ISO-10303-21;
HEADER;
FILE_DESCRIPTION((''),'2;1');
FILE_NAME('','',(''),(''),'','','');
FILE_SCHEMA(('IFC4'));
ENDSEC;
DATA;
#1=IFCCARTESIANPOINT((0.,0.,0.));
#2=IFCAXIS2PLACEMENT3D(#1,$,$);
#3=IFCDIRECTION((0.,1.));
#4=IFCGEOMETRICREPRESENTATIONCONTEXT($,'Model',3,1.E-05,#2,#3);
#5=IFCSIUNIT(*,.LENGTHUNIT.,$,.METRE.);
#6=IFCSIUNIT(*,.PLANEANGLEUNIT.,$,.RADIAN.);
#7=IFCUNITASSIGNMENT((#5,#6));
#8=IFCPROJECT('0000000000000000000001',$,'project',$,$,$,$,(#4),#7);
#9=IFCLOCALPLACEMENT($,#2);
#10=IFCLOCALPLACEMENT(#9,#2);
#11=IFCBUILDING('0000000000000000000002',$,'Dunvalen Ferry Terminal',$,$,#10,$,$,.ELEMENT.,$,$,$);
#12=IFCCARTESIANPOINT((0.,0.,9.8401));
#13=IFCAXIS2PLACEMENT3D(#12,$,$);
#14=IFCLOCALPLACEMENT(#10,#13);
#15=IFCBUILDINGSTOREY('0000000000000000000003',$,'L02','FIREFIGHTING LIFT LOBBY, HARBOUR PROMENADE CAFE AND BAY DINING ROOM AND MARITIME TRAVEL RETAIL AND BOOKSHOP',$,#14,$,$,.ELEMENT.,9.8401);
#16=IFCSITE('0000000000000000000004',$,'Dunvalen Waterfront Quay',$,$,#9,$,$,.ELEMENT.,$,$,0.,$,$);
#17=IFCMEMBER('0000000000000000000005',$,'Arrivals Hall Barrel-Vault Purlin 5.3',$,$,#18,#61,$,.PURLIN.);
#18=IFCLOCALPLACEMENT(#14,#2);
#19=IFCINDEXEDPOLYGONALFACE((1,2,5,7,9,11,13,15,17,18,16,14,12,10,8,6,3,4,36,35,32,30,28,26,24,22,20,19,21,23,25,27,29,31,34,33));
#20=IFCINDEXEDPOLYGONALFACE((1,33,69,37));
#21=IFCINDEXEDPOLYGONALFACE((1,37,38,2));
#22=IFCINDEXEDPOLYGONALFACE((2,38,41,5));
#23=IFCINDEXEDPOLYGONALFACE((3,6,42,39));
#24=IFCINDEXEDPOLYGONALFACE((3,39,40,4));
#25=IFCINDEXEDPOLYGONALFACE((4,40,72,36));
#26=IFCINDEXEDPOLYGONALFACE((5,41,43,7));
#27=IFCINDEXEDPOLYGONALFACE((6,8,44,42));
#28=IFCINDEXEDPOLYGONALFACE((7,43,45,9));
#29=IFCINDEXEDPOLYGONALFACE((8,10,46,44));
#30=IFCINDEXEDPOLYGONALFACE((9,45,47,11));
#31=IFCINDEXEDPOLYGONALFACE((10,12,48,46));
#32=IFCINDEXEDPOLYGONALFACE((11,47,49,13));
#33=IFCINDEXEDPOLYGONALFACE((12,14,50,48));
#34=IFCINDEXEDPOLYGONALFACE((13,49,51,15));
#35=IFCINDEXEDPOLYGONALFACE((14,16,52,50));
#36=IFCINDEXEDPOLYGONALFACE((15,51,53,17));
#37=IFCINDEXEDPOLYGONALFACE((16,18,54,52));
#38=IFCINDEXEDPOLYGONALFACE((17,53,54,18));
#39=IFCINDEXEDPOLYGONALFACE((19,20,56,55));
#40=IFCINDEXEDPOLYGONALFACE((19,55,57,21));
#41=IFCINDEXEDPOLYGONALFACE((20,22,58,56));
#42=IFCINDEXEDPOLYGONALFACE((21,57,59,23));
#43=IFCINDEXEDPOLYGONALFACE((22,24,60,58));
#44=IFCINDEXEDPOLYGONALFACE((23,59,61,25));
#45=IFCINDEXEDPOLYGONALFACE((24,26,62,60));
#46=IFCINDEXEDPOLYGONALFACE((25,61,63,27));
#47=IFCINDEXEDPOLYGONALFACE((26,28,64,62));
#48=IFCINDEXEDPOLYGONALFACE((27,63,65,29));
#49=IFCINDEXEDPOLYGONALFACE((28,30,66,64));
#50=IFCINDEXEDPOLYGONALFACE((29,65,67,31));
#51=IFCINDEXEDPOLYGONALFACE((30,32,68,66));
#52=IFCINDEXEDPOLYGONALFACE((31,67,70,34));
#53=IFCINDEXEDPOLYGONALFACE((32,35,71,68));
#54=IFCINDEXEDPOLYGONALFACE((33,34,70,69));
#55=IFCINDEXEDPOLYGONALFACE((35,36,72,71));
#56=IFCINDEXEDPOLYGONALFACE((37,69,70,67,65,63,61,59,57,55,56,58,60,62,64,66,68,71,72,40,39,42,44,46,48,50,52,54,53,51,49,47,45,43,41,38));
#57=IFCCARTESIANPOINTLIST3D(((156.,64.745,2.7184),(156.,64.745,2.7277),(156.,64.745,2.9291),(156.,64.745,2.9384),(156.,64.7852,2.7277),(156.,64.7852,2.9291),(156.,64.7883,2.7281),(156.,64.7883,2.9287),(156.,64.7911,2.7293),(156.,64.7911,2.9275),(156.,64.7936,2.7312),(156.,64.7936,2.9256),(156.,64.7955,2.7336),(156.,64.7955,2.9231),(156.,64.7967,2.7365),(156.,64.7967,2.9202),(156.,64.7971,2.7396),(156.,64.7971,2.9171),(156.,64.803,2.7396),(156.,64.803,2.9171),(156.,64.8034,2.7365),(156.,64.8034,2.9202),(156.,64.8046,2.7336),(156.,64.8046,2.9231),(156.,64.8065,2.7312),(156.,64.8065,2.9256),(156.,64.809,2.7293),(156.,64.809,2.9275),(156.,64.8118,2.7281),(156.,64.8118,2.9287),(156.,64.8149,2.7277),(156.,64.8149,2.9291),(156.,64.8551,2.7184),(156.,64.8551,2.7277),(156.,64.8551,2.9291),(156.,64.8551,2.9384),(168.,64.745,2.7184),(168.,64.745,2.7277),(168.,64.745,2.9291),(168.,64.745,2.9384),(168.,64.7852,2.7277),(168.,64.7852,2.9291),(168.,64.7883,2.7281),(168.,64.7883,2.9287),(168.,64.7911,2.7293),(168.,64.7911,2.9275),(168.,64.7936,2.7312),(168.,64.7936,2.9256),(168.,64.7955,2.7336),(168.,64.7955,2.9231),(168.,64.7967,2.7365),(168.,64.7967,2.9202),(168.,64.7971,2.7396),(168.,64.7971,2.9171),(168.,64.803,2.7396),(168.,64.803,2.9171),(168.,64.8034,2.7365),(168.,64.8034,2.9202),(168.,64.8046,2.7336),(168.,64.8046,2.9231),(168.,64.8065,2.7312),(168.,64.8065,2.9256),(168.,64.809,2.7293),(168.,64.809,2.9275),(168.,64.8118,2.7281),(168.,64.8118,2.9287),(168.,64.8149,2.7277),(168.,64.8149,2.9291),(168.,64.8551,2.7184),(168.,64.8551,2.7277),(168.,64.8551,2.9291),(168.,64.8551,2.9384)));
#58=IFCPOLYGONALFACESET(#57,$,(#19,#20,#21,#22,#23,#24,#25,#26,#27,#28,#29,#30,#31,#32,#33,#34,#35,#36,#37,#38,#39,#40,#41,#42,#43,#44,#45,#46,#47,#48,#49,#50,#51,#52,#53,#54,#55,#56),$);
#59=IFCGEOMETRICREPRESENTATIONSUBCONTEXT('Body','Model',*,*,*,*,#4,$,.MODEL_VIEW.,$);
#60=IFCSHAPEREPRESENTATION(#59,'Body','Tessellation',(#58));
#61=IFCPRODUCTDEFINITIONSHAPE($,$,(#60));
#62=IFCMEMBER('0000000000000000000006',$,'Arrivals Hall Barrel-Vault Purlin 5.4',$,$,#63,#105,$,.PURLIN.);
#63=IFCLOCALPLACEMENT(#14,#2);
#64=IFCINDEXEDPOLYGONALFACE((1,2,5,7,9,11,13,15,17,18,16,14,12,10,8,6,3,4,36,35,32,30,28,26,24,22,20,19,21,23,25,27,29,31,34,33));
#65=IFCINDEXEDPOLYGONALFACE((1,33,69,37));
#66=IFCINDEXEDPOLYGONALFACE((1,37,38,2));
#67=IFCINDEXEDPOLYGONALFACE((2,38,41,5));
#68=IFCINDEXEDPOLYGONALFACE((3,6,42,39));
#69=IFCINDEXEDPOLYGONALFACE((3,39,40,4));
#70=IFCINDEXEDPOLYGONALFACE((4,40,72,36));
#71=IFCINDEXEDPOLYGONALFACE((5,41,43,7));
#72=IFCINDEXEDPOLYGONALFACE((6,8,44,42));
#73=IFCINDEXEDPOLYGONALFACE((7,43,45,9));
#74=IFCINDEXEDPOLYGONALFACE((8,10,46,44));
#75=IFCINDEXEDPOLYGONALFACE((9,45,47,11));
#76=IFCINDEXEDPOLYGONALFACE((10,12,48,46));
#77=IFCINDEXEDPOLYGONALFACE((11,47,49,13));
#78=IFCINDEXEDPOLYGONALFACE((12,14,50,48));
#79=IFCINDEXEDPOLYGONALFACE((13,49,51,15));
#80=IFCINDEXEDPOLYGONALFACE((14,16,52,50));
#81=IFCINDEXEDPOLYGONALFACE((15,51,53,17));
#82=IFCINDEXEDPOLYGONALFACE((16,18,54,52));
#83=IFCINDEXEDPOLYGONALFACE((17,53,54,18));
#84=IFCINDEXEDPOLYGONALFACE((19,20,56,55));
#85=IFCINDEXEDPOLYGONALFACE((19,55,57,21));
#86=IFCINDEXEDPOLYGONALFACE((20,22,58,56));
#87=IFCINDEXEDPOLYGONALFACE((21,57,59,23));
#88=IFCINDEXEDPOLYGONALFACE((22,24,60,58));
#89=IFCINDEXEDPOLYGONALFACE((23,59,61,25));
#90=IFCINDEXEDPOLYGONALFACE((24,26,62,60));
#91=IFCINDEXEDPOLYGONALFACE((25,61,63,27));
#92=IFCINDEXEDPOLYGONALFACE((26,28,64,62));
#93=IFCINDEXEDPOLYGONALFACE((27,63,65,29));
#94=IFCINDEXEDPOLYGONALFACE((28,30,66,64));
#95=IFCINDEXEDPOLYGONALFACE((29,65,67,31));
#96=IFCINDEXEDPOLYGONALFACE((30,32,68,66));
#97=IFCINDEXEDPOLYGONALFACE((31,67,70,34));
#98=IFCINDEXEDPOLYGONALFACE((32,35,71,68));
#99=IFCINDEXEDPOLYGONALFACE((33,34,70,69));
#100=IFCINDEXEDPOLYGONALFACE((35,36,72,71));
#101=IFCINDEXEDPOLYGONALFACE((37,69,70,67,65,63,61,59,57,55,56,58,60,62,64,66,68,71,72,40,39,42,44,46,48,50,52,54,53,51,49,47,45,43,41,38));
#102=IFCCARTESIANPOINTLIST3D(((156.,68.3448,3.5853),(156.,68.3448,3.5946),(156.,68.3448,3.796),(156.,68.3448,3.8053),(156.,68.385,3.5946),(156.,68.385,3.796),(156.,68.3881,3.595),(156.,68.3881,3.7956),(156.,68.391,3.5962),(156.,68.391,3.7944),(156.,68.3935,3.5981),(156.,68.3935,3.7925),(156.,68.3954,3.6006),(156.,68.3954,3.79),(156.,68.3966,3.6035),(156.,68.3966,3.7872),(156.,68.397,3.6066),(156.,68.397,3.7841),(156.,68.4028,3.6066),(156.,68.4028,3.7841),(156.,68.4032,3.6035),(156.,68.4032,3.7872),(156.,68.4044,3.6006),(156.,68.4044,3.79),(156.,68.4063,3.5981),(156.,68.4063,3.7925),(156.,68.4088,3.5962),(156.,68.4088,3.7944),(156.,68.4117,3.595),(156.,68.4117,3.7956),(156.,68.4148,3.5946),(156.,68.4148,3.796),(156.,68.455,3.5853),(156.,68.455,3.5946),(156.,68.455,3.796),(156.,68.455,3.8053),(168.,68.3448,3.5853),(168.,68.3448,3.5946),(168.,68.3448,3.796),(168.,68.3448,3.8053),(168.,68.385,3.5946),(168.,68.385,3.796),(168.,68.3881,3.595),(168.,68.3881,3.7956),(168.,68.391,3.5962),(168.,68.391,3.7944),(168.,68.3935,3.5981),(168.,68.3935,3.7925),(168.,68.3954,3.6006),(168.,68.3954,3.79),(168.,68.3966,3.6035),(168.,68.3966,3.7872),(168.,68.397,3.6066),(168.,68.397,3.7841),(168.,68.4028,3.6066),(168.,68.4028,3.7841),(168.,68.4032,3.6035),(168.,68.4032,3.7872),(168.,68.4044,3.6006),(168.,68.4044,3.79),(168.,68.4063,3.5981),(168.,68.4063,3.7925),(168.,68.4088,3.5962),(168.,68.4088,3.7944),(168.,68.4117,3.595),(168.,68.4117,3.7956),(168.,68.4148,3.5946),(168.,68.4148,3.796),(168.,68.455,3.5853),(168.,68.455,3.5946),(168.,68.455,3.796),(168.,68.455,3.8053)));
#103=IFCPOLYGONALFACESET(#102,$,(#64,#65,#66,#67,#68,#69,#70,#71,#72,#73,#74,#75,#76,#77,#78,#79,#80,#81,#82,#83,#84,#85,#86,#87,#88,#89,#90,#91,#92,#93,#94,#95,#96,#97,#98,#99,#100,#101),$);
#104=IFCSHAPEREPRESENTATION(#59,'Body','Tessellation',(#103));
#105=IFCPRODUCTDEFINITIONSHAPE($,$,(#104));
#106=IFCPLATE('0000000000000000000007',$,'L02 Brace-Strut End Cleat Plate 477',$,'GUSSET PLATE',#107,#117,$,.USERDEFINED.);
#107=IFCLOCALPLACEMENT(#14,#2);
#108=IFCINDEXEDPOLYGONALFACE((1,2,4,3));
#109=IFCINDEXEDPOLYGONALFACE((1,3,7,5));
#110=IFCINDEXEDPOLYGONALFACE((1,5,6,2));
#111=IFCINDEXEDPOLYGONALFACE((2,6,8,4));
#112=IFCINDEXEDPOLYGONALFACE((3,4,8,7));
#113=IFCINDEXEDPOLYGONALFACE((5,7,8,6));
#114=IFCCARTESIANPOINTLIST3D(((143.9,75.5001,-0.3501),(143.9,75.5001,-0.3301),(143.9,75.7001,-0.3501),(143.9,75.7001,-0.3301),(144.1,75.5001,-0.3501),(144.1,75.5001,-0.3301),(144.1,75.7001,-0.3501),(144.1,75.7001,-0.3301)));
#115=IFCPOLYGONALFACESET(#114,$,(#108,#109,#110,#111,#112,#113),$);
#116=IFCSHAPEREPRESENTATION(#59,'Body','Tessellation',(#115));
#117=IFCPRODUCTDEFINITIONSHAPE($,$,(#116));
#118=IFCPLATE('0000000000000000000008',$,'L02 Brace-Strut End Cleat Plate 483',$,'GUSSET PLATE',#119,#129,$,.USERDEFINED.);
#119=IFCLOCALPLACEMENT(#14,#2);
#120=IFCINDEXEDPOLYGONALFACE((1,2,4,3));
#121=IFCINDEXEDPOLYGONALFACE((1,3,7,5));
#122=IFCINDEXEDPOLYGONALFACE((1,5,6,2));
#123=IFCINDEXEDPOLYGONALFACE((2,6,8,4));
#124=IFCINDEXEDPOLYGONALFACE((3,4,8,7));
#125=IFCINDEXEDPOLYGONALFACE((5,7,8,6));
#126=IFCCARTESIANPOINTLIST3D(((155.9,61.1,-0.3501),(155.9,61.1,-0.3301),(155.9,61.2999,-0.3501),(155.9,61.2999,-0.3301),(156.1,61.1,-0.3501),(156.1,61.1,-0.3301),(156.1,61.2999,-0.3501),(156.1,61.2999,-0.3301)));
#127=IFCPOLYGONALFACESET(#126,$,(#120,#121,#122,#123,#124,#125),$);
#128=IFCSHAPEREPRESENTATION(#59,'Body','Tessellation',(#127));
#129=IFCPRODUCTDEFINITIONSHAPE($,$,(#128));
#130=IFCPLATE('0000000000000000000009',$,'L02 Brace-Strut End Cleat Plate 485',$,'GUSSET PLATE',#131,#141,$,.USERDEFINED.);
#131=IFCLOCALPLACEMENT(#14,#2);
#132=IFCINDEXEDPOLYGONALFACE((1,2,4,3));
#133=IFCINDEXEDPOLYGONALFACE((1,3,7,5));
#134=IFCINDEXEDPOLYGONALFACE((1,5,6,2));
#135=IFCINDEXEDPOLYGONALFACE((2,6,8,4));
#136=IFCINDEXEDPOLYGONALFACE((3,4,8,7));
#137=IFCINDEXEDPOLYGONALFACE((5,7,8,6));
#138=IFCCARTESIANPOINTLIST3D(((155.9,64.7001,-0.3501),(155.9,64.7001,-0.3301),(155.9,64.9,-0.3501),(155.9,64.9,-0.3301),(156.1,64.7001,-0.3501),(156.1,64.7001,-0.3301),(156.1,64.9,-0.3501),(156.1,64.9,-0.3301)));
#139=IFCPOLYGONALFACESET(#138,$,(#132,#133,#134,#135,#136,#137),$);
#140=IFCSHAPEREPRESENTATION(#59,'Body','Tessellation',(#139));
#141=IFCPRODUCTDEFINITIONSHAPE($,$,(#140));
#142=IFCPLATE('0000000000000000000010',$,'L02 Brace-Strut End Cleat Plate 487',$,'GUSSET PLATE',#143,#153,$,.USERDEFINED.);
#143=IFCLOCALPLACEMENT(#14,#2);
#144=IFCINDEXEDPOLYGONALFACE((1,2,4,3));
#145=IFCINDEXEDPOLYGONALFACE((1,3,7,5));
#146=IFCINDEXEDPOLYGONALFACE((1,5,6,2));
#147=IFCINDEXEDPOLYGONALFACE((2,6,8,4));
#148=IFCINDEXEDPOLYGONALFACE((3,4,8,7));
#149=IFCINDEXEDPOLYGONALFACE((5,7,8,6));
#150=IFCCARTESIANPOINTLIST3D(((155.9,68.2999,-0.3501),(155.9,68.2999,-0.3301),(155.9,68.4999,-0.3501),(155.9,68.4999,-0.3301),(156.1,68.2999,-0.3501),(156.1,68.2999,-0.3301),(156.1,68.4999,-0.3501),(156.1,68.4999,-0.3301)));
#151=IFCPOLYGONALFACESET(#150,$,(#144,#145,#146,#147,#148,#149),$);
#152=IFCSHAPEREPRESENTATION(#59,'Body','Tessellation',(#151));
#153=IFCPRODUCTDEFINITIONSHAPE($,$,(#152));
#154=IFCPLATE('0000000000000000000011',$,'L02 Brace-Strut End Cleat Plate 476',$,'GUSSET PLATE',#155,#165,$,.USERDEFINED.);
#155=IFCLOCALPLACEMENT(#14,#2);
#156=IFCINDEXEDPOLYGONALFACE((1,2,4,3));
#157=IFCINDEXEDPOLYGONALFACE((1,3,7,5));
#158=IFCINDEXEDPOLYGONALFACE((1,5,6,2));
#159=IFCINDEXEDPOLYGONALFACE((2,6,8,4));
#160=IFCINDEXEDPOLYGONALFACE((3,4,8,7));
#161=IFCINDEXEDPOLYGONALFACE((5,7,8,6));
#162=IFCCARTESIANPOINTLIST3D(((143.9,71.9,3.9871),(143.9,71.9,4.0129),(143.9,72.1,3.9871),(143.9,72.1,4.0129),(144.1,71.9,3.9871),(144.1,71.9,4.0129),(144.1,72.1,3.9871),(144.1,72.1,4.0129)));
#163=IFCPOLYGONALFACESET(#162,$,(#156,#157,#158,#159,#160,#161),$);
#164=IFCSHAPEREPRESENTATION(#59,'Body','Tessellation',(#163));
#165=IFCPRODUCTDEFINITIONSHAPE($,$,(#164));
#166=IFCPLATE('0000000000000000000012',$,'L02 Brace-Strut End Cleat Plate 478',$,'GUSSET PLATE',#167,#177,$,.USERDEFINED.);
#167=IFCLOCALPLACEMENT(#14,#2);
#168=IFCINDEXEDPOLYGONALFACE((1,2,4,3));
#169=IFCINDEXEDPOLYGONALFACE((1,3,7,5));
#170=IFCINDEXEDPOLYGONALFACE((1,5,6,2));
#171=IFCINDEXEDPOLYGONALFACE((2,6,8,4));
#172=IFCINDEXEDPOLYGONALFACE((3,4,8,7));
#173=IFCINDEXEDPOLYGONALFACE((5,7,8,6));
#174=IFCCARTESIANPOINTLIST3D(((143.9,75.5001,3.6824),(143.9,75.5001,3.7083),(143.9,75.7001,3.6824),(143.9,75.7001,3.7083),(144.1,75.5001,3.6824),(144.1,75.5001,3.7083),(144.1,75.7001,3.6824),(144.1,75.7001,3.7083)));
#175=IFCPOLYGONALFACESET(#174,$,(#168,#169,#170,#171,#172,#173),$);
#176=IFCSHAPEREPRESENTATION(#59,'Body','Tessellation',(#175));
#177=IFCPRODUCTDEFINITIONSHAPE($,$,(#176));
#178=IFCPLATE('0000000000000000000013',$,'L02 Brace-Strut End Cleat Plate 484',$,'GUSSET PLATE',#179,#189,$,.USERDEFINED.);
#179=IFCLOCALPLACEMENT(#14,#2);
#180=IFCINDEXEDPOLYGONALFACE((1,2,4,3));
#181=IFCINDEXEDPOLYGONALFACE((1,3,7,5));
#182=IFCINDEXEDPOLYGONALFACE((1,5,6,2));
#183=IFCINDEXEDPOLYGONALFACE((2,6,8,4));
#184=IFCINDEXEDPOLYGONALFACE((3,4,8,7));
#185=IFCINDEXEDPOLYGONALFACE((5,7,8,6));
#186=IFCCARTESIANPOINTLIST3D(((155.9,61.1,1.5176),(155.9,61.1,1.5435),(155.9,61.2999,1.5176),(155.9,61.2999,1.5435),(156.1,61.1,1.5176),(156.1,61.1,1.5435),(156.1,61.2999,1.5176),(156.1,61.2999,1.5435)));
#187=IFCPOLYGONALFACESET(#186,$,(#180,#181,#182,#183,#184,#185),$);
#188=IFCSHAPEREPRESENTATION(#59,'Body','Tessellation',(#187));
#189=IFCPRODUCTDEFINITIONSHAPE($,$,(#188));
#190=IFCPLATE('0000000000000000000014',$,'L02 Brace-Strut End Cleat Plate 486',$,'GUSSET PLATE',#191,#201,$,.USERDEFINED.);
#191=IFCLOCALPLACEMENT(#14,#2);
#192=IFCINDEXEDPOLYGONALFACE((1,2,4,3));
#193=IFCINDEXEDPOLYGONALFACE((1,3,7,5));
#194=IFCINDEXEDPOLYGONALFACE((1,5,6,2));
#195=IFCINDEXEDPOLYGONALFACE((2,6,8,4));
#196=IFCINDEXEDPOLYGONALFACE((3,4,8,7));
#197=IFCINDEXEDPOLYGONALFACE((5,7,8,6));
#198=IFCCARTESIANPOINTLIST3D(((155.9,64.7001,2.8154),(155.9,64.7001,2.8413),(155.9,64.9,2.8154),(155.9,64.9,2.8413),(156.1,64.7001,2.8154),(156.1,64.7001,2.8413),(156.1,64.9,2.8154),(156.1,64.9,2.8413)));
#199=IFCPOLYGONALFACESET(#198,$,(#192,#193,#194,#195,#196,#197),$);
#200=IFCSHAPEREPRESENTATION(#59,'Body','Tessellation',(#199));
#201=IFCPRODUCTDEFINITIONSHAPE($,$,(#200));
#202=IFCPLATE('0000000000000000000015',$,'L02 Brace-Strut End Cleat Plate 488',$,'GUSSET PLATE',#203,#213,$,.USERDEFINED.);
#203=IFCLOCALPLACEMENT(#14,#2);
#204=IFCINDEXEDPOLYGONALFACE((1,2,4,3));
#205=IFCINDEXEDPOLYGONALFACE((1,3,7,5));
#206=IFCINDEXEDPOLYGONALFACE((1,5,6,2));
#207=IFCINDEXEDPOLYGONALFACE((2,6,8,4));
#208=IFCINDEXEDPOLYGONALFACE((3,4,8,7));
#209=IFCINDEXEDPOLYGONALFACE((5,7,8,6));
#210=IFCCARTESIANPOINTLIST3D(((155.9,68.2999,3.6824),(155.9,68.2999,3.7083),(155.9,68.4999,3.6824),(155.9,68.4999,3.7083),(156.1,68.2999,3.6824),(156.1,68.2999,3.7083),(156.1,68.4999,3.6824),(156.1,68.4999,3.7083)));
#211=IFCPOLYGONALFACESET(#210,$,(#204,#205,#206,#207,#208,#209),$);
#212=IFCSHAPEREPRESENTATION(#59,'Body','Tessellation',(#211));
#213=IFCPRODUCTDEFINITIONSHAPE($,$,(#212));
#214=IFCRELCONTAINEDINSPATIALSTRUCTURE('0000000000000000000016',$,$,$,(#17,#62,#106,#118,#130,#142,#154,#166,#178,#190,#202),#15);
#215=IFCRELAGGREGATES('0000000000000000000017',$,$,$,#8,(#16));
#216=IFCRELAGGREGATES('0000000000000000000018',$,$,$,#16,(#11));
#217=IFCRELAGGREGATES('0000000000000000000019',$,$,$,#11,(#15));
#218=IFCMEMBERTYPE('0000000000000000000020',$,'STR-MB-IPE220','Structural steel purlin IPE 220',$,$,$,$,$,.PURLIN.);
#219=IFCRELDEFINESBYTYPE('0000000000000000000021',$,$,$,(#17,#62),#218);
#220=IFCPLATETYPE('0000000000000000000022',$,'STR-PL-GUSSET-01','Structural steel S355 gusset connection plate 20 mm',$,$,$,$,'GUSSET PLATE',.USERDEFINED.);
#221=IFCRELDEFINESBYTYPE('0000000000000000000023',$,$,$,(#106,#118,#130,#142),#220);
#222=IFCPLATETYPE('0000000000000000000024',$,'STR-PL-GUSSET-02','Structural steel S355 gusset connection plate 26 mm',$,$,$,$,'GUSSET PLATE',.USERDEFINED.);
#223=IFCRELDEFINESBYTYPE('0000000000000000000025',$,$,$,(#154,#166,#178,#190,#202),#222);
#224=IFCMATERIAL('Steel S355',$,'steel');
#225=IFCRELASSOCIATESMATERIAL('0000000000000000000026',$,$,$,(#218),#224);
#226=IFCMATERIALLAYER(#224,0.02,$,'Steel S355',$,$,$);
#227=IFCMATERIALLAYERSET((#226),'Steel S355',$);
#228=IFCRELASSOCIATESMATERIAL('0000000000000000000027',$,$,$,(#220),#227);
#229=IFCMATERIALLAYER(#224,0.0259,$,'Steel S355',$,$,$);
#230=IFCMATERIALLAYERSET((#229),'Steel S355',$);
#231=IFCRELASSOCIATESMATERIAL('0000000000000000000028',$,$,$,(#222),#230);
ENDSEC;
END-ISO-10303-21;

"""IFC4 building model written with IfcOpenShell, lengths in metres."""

from ifc_helpers import new_model, si_unit, direction, frame, origin, origin_2d, place, context, subcontext, project, spatial, rectangle, i_section, extrude, material, layer, layer_set, material_profile, profile_set, type_object, element, save


model = new_model("IFC4")

# Units and contexts
model_context = context("Model", 3, precision=1e-05, world=origin(), true_north=direction((0.0, 1.0)))
body_context = subcontext(model_context, "Body", "Model", "MODEL_VIEW")
ifc_project = project(units=[si_unit("LENGTHUNIT", "METRE"), si_unit("PLANEANGLEUNIT", "RADIAN")], contexts=[model_context])

# Site, building, storey
site_placement = place(None, origin())
site = spatial("IfcSite", under=ifc_project, at=site_placement, Name="Dunvalen Waterfront Quay", CompositionType="ELEMENT", RefElevation=0.0)
building_placement = place(site_placement, origin())
building = spatial("IfcBuilding", under=site, at=building_placement, Name="Dunvalen Ferry Terminal", CompositionType="ELEMENT")
storey_placement = place(building_placement, frame((0.0, 0.0, 9.8401)))
storey = spatial("IfcBuildingStorey", under=building, at=storey_placement, Name="L02", Description="FIREFIGHTING LIFT LOBBY, HARBOUR PROMENADE CAFE AND BAY DINING ROOM AND MARITIME TRAVEL RETAIL AND BOOKSHOP", CompositionType="ELEMENT", Elevation=9.8401)

# Shared definitions
ifc_material_1 = material(Name="Steel S355", Category="steel")

# Members
ifc_material_profile_1 = material_profile(ifc_material_1, i_section(OverallWidth=0.1101, OverallDepth=0.22, WebThickness=0.0059, FlangeThickness=0.0093, FilletRadius=0.012, at=origin_2d()), Name="Steel S355")
ifc_profile_set_1 = profile_set([ifc_material_profile_1], Name="Steel S355")
member_type_1 = type_object("IfcMemberType", Name="STR-MB-IPE220", Description="Structural steel purlin IPE 220", PredefinedType="PURLIN", material=ifc_profile_set_1)
for number, where, z_axis, x_axis, name in (
    (1, (156.0, 64.8, 2.8284), (1.0, 0.0, 0.0), (0.0, 1.0, 0.0), "Arrivals Hall Barrel-Vault Purlin 5.3"),
    (2, (156.0, 68.3999, 3.6953), (1.0, 0.0, 0.0), (0.0, 1.0, 0.0), "Arrivals Hall Barrel-Vault Purlin 5.4"),
):
    element("IfcMember", number, at=place(storey_placement, frame(where, z_axis=z_axis, x_axis=x_axis)), inside=storey, type_object=member_type_1, Name=name, PredefinedType="PURLIN", context=body_context, shape_type="SweptSolid", body=[
        extrude(i_section(OverallWidth=0.1101, OverallDepth=0.22, WebThickness=0.0059, FlangeThickness=0.0093, FilletRadius=0.012, at=origin_2d()), origin(), (0.0, 0.0, 1.0), 12.0),
    ])

# Plates
ifc_layer_1 = layer(ifc_material_1, 0.02, Name="Steel S355")
ifc_layer_set_1 = layer_set([ifc_layer_1], Name="Steel S355")
plate_type_1 = type_object("IfcPlateType", Name="STR-PL-GUSSET-01", Description="Structural steel S355 gusset connection plate 20 mm", ElementType="GUSSET PLATE", PredefinedType="USERDEFINED", material=ifc_layer_set_1)
for number, where, z_axis, x_axis, name in (
    (3, (144.0, 75.6001, -0.3501), (0.0, 0.0, 1.0), (1.0, 0.0, 0.0), "L02 Brace-Strut End Cleat Plate 477"),
    (4, (156.0, 61.2, -0.3501), (0.0, 0.0, 1.0), (1.0, 0.0, 0.0), "L02 Brace-Strut End Cleat Plate 483"),
    (5, (156.0, 64.8, -0.3501), (0.0, 0.0, 1.0), (1.0, 0.0, 0.0), "L02 Brace-Strut End Cleat Plate 485"),
    (6, (156.0, 68.3999, -0.3501), (0.0, 0.0, 1.0), (1.0, 0.0, 0.0), "L02 Brace-Strut End Cleat Plate 487"),
):
    element("IfcPlate", number, at=place(storey_placement, frame(where, z_axis=z_axis, x_axis=x_axis)), inside=storey, type_object=plate_type_1, Name=name, ObjectType="GUSSET PLATE", PredefinedType="USERDEFINED", context=body_context, shape_type="SweptSolid", body=[
        extrude(rectangle(XDim=0.2, YDim=0.2, at=origin_2d()), origin(), (0.0, 0.0, 1.0), 0.02),
    ])
ifc_layer_2 = layer(ifc_material_1, 0.0259, Name="Steel S355")
ifc_layer_set_2 = layer_set([ifc_layer_2], Name="Steel S355")
plate_type_2 = type_object("IfcPlateType", Name="STR-PL-GUSSET-02", Description="Structural steel S355 gusset connection plate 26 mm", ElementType="GUSSET PLATE", PredefinedType="USERDEFINED", material=ifc_layer_set_2)
for number, where, z_axis, x_axis, name in (
    (7, (144.0, 72.0, 3.9871), (0.0, 0.0, 1.0), (1.0, 0.0, 0.0), "L02 Brace-Strut End Cleat Plate 476"),
    (8, (144.0, 75.6001, 3.6824), (0.0, 0.0, 1.0), (1.0, 0.0, 0.0), "L02 Brace-Strut End Cleat Plate 478"),
    (9, (156.0, 61.2, 1.5176), (0.0, 0.0, 1.0), (1.0, 0.0, 0.0), "L02 Brace-Strut End Cleat Plate 484"),
    (10, (156.0, 64.8, 2.8154), (0.0, 0.0, 1.0), (1.0, 0.0, 0.0), "L02 Brace-Strut End Cleat Plate 486"),
    (11, (156.0, 68.3999, 3.6824), (0.0, 0.0, 1.0), (1.0, 0.0, 0.0), "L02 Brace-Strut End Cleat Plate 488"),
):
    element("IfcPlate", number, at=place(storey_placement, frame(where, z_axis=z_axis, x_axis=x_axis)), inside=storey, type_object=plate_type_2, Name=name, ObjectType="GUSSET PLATE", PredefinedType="USERDEFINED", context=body_context, shape_type="SweptSolid", body=[
        extrude(rectangle(XDim=0.2, YDim=0.2, at=origin_2d()), origin(), (0.0, 0.0, 1.0), 0.0259),
    ])

save(model, "model.ifc")
